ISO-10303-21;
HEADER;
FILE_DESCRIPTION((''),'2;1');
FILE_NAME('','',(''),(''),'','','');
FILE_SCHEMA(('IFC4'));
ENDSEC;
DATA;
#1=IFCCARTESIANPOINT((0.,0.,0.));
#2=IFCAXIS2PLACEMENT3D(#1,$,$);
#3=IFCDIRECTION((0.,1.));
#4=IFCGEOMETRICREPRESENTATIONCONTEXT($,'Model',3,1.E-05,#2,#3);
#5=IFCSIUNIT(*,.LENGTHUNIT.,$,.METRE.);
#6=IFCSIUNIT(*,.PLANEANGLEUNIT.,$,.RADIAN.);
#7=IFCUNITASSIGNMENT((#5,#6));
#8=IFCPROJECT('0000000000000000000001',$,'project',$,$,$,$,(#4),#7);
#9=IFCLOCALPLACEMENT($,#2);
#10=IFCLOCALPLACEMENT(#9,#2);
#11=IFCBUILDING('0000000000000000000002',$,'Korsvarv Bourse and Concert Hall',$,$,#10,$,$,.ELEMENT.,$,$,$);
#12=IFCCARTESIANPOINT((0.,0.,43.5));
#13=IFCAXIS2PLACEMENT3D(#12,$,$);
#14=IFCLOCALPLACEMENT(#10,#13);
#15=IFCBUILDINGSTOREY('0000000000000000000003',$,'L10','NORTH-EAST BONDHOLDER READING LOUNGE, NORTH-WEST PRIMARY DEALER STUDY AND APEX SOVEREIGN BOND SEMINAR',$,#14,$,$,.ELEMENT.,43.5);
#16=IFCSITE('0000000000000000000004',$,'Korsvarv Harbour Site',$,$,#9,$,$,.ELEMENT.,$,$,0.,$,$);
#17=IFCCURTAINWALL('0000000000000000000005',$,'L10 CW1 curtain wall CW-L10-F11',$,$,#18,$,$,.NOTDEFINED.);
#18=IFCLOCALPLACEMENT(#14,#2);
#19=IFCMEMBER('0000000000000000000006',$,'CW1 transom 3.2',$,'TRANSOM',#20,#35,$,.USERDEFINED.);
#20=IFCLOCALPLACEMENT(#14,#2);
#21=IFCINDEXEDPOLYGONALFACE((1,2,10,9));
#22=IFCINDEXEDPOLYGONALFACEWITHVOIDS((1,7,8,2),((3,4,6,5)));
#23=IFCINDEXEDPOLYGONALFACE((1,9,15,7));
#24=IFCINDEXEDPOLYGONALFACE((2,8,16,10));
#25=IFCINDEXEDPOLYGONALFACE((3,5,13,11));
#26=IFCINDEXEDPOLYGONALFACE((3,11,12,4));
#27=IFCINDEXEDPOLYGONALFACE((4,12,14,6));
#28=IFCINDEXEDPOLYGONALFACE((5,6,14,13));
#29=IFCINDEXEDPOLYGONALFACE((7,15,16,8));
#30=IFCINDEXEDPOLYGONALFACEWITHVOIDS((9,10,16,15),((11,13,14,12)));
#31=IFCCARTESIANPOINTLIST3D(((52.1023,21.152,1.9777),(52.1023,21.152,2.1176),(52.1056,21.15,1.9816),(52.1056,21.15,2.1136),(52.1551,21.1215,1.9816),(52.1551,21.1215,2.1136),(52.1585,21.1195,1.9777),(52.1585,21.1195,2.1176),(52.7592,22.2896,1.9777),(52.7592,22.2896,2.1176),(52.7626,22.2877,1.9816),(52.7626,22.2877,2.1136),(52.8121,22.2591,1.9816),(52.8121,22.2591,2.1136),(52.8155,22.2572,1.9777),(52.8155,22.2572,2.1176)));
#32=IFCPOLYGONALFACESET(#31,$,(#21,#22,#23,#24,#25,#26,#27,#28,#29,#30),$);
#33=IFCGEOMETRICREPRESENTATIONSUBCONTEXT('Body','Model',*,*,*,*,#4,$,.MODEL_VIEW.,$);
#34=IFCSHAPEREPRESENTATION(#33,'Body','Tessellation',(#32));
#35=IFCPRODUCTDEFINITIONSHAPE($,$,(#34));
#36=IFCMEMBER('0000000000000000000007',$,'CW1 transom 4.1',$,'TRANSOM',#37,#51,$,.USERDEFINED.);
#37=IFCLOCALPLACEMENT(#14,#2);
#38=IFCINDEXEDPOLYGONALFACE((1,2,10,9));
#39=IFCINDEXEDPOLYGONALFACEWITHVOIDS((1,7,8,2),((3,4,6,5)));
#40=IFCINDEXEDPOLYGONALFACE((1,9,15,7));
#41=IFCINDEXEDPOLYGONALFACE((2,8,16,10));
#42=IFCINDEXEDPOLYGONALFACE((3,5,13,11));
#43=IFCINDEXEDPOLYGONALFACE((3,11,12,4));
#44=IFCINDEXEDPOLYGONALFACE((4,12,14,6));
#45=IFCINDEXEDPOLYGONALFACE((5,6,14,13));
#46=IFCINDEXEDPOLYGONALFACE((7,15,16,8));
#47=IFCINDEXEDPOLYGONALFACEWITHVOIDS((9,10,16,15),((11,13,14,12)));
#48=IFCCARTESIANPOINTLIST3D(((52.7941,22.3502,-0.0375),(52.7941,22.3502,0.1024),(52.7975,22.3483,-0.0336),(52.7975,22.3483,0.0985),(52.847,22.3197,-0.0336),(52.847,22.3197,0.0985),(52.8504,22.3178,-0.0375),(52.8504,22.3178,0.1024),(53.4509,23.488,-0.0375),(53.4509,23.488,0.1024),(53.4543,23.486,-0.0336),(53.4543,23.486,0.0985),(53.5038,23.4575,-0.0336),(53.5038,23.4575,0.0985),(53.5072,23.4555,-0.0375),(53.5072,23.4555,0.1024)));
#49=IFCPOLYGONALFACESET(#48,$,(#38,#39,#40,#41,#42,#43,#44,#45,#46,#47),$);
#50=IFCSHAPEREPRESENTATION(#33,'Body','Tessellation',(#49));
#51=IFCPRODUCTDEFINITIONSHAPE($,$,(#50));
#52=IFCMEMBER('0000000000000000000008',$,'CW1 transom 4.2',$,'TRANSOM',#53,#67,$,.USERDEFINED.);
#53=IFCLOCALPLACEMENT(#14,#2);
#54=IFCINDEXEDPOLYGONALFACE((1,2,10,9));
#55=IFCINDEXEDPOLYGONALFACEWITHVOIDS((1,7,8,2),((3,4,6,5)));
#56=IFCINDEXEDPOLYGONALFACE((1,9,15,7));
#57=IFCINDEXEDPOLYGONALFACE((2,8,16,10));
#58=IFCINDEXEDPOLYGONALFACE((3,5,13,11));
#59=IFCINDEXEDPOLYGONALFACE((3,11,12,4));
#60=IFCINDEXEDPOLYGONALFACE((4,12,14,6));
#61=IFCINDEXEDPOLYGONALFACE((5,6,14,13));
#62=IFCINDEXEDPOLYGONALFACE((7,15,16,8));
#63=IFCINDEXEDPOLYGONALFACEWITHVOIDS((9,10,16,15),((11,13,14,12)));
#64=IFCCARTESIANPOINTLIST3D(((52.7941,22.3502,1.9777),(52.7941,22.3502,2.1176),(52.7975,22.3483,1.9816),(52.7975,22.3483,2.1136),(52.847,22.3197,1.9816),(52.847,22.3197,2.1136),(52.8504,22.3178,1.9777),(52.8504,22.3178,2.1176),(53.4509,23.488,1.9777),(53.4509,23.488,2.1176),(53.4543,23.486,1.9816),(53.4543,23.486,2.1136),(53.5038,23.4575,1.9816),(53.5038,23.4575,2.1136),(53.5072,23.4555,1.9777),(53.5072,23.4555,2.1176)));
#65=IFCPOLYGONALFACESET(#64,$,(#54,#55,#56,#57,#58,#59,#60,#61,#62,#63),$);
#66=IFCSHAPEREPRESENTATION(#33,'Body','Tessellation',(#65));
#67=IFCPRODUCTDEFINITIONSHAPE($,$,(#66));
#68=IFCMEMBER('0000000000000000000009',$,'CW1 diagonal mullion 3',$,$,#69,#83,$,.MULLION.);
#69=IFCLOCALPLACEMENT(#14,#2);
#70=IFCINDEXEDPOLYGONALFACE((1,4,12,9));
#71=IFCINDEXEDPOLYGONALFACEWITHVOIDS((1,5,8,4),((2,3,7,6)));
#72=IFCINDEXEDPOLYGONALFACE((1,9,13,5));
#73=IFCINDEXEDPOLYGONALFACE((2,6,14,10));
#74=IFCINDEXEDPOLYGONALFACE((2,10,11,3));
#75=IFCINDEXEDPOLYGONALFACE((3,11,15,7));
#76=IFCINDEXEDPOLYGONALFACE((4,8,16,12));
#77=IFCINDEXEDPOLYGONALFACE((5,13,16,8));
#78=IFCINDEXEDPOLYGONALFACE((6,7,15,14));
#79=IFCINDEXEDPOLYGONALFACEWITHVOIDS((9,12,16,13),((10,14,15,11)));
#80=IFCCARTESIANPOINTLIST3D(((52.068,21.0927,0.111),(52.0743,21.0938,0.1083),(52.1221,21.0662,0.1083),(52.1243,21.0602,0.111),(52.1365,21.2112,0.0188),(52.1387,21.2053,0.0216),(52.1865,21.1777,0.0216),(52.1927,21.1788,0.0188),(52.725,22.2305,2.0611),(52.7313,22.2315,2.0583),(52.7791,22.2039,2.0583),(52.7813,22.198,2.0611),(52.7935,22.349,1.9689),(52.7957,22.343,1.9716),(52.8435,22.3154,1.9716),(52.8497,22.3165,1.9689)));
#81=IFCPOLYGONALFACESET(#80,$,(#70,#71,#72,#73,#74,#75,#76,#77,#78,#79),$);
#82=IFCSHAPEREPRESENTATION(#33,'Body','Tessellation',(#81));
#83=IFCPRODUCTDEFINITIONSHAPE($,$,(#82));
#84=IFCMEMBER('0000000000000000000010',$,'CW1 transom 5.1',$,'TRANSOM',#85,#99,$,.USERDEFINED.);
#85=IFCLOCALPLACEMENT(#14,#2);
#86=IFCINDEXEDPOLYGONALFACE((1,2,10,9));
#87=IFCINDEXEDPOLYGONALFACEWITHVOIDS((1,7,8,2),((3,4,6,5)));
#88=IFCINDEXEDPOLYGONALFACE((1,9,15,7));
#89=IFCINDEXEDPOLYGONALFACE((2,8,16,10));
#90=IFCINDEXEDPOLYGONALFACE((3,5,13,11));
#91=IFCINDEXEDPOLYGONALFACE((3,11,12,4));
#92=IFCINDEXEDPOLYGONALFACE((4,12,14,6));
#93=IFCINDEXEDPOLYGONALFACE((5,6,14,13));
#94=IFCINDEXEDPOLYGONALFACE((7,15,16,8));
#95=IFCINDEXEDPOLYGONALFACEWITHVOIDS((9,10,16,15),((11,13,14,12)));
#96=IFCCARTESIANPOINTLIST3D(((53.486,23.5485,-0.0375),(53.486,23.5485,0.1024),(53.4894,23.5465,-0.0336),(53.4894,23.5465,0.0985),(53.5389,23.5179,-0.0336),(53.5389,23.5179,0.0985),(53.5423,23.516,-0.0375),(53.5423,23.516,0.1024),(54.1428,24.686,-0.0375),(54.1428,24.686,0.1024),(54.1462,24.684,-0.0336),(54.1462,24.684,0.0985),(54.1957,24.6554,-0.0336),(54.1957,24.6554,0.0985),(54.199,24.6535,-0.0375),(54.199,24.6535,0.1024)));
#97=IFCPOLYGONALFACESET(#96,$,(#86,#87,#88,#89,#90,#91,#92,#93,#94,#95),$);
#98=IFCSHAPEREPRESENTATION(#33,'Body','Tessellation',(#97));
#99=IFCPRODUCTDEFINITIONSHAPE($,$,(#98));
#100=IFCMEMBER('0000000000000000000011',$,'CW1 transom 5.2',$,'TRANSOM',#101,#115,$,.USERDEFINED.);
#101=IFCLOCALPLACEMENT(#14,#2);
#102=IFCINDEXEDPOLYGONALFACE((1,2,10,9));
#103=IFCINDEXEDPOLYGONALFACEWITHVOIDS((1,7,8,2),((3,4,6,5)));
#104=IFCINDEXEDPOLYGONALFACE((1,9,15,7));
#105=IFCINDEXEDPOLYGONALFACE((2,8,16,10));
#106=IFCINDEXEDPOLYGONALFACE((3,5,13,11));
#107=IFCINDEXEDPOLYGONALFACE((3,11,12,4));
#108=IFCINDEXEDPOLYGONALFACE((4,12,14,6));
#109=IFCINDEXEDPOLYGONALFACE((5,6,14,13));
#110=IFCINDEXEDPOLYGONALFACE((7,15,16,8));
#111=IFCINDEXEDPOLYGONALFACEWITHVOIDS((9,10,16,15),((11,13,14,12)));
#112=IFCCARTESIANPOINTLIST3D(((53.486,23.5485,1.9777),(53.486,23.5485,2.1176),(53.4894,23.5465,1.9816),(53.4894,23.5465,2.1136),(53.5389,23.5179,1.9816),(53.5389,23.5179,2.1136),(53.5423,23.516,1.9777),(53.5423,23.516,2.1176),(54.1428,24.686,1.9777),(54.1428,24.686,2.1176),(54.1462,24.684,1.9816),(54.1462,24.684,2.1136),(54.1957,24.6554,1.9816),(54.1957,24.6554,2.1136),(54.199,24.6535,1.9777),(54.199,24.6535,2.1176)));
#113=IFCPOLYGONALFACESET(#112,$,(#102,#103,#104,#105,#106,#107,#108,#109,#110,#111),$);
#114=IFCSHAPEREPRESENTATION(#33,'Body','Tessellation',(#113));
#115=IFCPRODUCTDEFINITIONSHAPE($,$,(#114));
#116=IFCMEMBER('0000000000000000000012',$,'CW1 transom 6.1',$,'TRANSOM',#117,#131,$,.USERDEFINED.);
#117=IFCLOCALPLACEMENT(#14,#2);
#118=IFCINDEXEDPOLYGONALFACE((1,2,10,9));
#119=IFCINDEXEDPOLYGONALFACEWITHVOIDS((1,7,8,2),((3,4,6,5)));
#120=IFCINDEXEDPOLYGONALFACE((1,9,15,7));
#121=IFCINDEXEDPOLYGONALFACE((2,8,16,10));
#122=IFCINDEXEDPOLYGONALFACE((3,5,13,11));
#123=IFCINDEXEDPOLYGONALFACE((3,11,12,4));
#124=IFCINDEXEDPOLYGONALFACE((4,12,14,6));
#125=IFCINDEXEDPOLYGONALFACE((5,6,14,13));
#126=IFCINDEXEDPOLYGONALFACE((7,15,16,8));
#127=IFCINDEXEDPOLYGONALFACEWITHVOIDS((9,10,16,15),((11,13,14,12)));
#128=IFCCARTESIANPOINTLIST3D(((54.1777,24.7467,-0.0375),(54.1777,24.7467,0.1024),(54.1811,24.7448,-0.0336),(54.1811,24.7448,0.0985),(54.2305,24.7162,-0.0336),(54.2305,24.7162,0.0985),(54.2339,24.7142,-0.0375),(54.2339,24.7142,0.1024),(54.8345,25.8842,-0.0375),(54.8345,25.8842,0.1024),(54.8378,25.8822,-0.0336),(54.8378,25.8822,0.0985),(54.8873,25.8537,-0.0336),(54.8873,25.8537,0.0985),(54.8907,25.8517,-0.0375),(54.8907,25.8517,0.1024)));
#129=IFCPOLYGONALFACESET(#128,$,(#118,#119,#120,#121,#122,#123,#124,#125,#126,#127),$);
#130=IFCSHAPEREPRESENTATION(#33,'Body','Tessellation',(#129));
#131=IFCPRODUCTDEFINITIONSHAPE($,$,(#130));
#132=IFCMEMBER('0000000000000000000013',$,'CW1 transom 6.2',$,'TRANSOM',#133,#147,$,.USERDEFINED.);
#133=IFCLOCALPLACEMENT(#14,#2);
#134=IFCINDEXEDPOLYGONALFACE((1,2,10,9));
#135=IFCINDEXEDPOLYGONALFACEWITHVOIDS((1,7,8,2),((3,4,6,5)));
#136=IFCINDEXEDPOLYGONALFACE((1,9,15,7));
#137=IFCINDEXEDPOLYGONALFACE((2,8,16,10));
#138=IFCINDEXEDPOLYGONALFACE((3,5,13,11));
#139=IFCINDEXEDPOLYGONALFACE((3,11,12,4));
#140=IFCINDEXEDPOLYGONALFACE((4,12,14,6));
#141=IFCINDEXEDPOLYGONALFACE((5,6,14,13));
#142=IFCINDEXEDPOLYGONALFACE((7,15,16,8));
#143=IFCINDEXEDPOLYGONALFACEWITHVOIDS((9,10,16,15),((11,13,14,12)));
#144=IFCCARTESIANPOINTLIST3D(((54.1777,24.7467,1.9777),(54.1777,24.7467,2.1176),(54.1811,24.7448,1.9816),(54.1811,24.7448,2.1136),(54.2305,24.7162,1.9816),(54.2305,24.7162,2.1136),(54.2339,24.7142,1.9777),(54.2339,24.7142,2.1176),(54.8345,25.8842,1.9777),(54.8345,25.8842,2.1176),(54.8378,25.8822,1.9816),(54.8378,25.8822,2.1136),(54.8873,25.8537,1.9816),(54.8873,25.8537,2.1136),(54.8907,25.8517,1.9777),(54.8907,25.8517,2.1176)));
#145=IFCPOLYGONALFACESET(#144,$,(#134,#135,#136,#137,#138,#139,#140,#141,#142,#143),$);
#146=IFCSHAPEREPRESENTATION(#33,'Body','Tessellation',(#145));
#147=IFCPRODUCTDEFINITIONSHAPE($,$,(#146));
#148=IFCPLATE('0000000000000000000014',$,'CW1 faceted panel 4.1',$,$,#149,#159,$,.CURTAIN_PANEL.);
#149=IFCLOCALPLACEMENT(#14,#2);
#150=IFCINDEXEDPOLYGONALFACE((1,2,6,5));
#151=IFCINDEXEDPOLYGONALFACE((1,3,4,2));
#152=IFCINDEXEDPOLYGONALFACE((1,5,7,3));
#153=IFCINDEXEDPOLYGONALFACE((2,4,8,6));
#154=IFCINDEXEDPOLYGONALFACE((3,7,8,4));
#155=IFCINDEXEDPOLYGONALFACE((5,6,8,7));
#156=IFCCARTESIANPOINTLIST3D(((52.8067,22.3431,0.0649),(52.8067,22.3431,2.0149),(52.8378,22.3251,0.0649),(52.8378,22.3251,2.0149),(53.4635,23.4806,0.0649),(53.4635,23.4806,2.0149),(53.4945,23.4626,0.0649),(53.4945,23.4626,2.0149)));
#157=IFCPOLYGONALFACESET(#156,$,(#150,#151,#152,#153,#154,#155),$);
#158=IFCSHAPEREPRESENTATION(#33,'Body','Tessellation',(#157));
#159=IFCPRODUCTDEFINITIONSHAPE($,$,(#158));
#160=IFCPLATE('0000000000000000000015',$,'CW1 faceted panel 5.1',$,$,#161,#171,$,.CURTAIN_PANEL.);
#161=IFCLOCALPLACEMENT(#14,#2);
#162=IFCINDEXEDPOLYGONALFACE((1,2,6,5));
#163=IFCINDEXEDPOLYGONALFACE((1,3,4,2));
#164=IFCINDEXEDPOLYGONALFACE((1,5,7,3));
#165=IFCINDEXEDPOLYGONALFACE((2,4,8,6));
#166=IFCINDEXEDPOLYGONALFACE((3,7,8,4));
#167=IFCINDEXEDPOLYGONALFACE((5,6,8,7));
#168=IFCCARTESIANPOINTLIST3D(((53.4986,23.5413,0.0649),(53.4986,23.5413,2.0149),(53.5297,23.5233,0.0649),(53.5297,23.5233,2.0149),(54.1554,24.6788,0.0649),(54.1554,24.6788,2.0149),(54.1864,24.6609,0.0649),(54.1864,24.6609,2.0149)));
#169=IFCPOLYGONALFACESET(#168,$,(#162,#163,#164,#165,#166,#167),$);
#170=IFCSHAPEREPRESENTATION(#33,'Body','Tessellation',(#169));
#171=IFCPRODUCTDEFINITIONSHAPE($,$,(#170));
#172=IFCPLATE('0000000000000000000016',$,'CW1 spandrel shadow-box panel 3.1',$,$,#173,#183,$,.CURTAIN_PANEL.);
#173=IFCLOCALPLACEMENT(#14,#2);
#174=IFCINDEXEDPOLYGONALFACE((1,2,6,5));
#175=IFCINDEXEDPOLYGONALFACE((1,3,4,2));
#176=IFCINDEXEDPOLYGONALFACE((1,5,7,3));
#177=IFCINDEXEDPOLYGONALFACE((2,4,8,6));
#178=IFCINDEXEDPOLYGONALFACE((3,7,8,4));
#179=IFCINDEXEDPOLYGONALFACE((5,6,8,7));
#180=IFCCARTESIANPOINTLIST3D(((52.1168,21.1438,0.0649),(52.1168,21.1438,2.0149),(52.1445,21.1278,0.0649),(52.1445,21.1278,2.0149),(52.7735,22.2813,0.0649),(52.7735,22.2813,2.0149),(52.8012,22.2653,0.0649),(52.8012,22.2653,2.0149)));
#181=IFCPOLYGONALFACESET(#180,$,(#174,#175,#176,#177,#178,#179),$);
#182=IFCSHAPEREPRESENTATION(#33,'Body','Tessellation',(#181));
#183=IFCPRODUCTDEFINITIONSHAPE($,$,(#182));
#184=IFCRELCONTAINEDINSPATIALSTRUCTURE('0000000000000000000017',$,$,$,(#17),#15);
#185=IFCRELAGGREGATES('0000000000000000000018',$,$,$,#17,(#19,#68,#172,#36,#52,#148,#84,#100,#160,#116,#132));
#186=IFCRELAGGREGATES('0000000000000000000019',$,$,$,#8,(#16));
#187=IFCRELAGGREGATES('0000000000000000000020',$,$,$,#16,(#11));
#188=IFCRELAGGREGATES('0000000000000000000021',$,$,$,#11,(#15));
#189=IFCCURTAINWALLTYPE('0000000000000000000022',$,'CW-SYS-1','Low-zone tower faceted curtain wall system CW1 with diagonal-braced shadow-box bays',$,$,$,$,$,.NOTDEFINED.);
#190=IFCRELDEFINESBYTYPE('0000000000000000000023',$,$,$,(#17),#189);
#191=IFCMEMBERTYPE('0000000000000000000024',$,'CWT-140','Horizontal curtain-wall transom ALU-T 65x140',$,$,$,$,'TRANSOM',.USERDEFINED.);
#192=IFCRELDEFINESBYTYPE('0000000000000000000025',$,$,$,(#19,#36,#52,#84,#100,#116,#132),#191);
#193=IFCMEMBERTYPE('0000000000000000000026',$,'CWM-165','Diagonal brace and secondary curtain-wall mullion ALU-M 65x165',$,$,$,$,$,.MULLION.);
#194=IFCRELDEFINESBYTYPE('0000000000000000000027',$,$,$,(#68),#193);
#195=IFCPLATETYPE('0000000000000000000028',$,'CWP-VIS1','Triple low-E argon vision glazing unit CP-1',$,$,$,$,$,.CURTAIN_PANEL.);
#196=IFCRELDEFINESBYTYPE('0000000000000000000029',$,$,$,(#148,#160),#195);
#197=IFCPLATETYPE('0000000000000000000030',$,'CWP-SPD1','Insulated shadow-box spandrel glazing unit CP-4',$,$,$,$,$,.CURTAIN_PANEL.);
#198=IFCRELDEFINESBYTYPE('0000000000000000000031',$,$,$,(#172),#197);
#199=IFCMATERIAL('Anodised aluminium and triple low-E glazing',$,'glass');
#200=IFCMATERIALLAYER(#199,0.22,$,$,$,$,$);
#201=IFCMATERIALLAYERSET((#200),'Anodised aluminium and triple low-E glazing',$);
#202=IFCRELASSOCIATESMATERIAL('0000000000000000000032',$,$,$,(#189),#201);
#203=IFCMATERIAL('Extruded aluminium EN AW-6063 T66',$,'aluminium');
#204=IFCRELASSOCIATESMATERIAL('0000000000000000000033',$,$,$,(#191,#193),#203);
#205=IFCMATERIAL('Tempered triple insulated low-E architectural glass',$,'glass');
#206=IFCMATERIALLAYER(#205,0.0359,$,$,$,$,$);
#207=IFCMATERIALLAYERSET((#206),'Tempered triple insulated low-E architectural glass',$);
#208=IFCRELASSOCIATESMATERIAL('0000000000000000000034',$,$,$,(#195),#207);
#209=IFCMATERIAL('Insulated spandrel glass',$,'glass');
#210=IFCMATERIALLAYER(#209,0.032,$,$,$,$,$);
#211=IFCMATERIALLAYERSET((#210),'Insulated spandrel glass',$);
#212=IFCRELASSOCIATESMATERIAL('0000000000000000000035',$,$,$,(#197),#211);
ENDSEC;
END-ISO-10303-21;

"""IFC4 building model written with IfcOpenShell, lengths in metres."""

from ifc_helpers import new_model, si_unit, direction, frame, origin, origin_2d, place, context, subcontext, project, spatial, rectangle, hollow_rectangle, extrude, source, transform, mapped, material, layer, layer_set, material_profile, profile_set, type_object, element, aggregate, save


model = new_model("IFC4")

# Units and contexts
model_context = context("Model", 3, precision=1e-05, world=origin(), true_north=direction((0.0, 1.0)))
body_context = subcontext(model_context, "Body", "Model", "MODEL_VIEW")
ifc_project = project(units=[si_unit("LENGTHUNIT", "METRE"), si_unit("PLANEANGLEUNIT", "RADIAN")], contexts=[model_context])

# Site, building, storey
site_placement = place(None, origin())
site = spatial("IfcSite", under=ifc_project, at=site_placement, Name="Korsvarv Harbour Site", CompositionType="ELEMENT", RefElevation=0.0)
building_placement = place(site_placement, origin())
building = spatial("IfcBuilding", under=site, at=building_placement, Name="Korsvarv Bourse and Concert Hall", CompositionType="ELEMENT")
storey_placement = place(building_placement, frame((0.0, 0.0, 43.5)))
storey = spatial("IfcBuildingStorey", under=building, at=storey_placement, Name="L10", Description="NORTH-EAST BONDHOLDER READING LOUNGE, NORTH-WEST PRIMARY DEALER STUDY AND APEX SOVEREIGN BOND SEMINAR", CompositionType="ELEMENT", Elevation=43.5)

# Curtain wall, members, plates
ifc_material_1 = material(Name="Anodised aluminium and triple low-E glazing", Category="glass")
ifc_layer_1 = layer(ifc_material_1, 0.22)
ifc_layer_set_1 = layer_set([ifc_layer_1], Name="Anodised aluminium and triple low-E glazing")
curtain_wall_type = type_object("IfcCurtainWallType", Name="CW-SYS-1", Description="Low-zone tower faceted curtain wall system CW1 with diagonal-braced shadow-box bays", PredefinedType="NOTDEFINED", material=ifc_layer_set_1)
curtain_wall_placement = place(storey_placement, origin())
curtain_wall = element("IfcCurtainWall", 1, at=curtain_wall_placement, inside=storey, type_object=curtain_wall_type, Name="L10 CW1 curtain wall CW-L10-F11", PredefinedType="NOTDEFINED")
ifc_material_2 = material(Name="Extruded aluminium EN AW-6063 T66", Category="aluminium")
ifc_material_profile_1 = material_profile(ifc_material_2, hollow_rectangle(XDim=0.0649, YDim=0.1399, WallThickness=0.0039, at=origin_2d()), Name="ALU-T 65x140")
ifc_profile_set_1 = profile_set([ifc_material_profile_1], Name="Extruded aluminium EN AW-6063 T66")
member_type_1 = type_object("IfcMemberType", Name="CWT-140", Description="Horizontal curtain-wall transom ALU-T 65x140", ElementType="TRANSOM", PredefinedType="USERDEFINED", material=ifc_profile_set_1)
shared_shape_1 = source(origin(), body_context, "Body", "SweptSolid", [
    extrude(hollow_rectangle(XDim=0.0649, YDim=0.1399, WallThickness=0.0039, at=origin_2d()), origin(), (0.0, 0.0, 1.0), 1.3137),
])
member_1_placement = place(storey_placement, frame((52.1304, 21.1357, 2.0476), z_axis=(0.500076, 0.865981, 0.0), x_axis=(-0.865981, 0.500076, 0.0)))
member_1 = element("IfcMember", 2, at=member_1_placement, type_object=member_type_1, Name="CW1 transom 3.2", ObjectType="TRANSOM", PredefinedType="USERDEFINED", context=body_context, shape_type="MappedRepresentation", body=[
    mapped(shared_shape_1, transform((0.0, 0.0, 0.0), scale=1.0)),
])
member_2_placement = place(storey_placement, frame((52.8223, 22.334, 0.0325), z_axis=(0.499937, 0.866062, 0.0), x_axis=(-0.866062, 0.499937, 0.0)))
member_2 = element("IfcMember", 3, at=member_2_placement, type_object=member_type_1, Name="CW1 transom 4.1", ObjectType="TRANSOM", PredefinedType="USERDEFINED", context=body_context, shape_type="MappedRepresentation", body=[
    mapped(shared_shape_1, transform((0.0, 0.0, 0.0), scale=1.0)),
])
member_3_placement = place(storey_placement, frame((52.8223, 22.334, 2.0476), z_axis=(0.499937, 0.866062, 0.0), x_axis=(-0.866062, 0.499937, 0.0)))
member_3 = element("IfcMember", 4, at=member_3_placement, type_object=member_type_1, Name="CW1 transom 4.2", ObjectType="TRANSOM", PredefinedType="USERDEFINED", context=body_context, shape_type="MappedRepresentation", body=[
    mapped(shared_shape_1, transform((0.0, 0.0, 0.0), scale=1.0)),
])
ifc_material_profile_2 = material_profile(ifc_material_2, hollow_rectangle(XDim=0.0649, YDim=0.165, WallThickness=0.0049, at=origin_2d()), Name="ALU-M 65x165")
ifc_profile_set_2 = profile_set([ifc_material_profile_2], Name="Extruded aluminium EN AW-6063 T66")
member_type_2 = type_object("IfcMemberType", Name="CWM-165", Description="Diagonal brace and secondary curtain-wall mullion ALU-M 65x165", PredefinedType="MULLION", material=ifc_profile_set_2)
shared_shape_2 = source(origin(), body_context, "Body", "SweptSolid", [
    extrude(hollow_rectangle(XDim=0.0649, YDim=0.165, WallThickness=0.0049, at=origin_2d()), origin(), (0.0, 0.0, 1.0), 2.3513),
])
member_4_placement = place(storey_placement, frame((52.1304, 21.1357, 0.0649), z_axis=(0.279421, 0.483872, 0.829332), x_axis=(-0.865981, 0.500076, 0.0)))
member_4 = element("IfcMember", 5, at=member_4_placement, type_object=member_type_2, Name="CW1 diagonal mullion 3", PredefinedType="MULLION", context=body_context, shape_type="MappedRepresentation", body=[
    mapped(shared_shape_2, transform((0.0, 0.0, 0.0), scale=1.0)),
])
shared_shape_3 = source(origin(), body_context, "Body", "SweptSolid", [
    extrude(hollow_rectangle(XDim=0.0649, YDim=0.1399, WallThickness=0.0039, at=origin_2d()), origin(), (0.0, 0.0, 1.0), 1.3135),
])
member_5_placement = place(storey_placement, frame((53.5142, 23.5322, 0.0325), z_axis=(0.500017, 0.866015, 0.0), x_axis=(-0.866015, 0.500017, 0.0)))
member_5 = element("IfcMember", 6, at=member_5_placement, type_object=member_type_1, Name="CW1 transom 5.1", ObjectType="TRANSOM", PredefinedType="USERDEFINED", context=body_context, shape_type="MappedRepresentation", body=[
    mapped(shared_shape_3, transform((0.0, 0.0, 0.0), scale=1.0)),
])
member_6_placement = place(storey_placement, frame((53.5142, 23.5322, 2.0476), z_axis=(0.500017, 0.866015, 0.0), x_axis=(-0.866015, 0.500017, 0.0)))
member_6 = element("IfcMember", 7, at=member_6_placement, type_object=member_type_1, Name="CW1 transom 5.2", ObjectType="TRANSOM", PredefinedType="USERDEFINED", context=body_context, shape_type="MappedRepresentation", body=[
    mapped(shared_shape_3, transform((0.0, 0.0, 0.0), scale=1.0)),
])
member_7_placement = place(storey_placement, frame((54.2058, 24.7305, 0.0325), z_axis=(0.500017, 0.866015, 0.0), x_axis=(-0.866015, 0.500017, 0.0)))
member_7 = element("IfcMember", 8, at=member_7_placement, type_object=member_type_1, Name="CW1 transom 6.1", ObjectType="TRANSOM", PredefinedType="USERDEFINED", context=body_context, shape_type="MappedRepresentation", body=[
    mapped(shared_shape_3, transform((0.0, 0.0, 0.0), scale=1.0)),
])
member_8_placement = place(storey_placement, frame((54.2058, 24.7305, 2.0476), z_axis=(0.500017, 0.866015, 0.0), x_axis=(-0.866015, 0.500017, 0.0)))
member_8 = element("IfcMember", 9, at=member_8_placement, type_object=member_type_1, Name="CW1 transom 6.2", ObjectType="TRANSOM", PredefinedType="USERDEFINED", context=body_context, shape_type="MappedRepresentation", body=[
    mapped(shared_shape_3, transform((0.0, 0.0, 0.0), scale=1.0)),
])
ifc_material_3 = material(Name="Tempered triple insulated low-E architectural glass", Category="glass")
ifc_layer_2 = layer(ifc_material_3, 0.0359)
ifc_layer_set_2 = layer_set([ifc_layer_2], Name="Tempered triple insulated low-E architectural glass")
plate_type_1 = type_object("IfcPlateType", Name="CWP-VIS1", Description="Triple low-E argon vision glazing unit CP-1", PredefinedType="CURTAIN_PANEL", material=ifc_layer_set_2)
shared_shape_4 = source(origin(), body_context, "Body", "SweptSolid", [
    extrude(rectangle(XDim=1.3135, YDim=0.0359, at=origin_2d()), origin(), (0.0, 0.0, 1.0), 1.95),
])
plate_1_placement = place(storey_placement, frame((53.1506, 22.9028, 0.0649), z_axis=(0.0, 0.0, 1.0), x_axis=(0.5, 0.866026, 0.0)))
plate_1 = element("IfcPlate", 10, at=plate_1_placement, type_object=plate_type_1, Name="CW1 faceted panel 4.1", PredefinedType="CURTAIN_PANEL", context=body_context, shape_type="MappedRepresentation", body=[
    mapped(shared_shape_4, transform((0.0, 0.0, 0.0), scale=1.0)),
])
plate_2_placement = place(storey_placement, frame((53.8425, 24.1011, 0.0649), z_axis=(0.0, 0.0, 1.0), x_axis=(0.5, 0.866026, 0.0)))
plate_2 = element("IfcPlate", 11, at=plate_2_placement, type_object=plate_type_1, Name="CW1 faceted panel 5.1", PredefinedType="CURTAIN_PANEL", context=body_context, shape_type="MappedRepresentation", body=[
    mapped(shared_shape_4, transform((0.0, 0.0, 0.0), scale=1.0)),
])
ifc_material_4 = material(Name="Insulated spandrel glass", Category="glass")
ifc_layer_3 = layer(ifc_material_4, 0.032)
ifc_layer_set_3 = layer_set([ifc_layer_3], Name="Insulated spandrel glass")
plate_type_2 = type_object("IfcPlateType", Name="CWP-SPD1", Description="Insulated shadow-box spandrel glazing unit CP-4", PredefinedType="CURTAIN_PANEL", material=ifc_layer_set_3)
shared_shape_5 = source(origin(), body_context, "Body", "SweptSolid", [
    extrude(rectangle(XDim=1.3135, YDim=0.032, at=origin_2d()), origin(), (0.0, 0.0, 1.0), 1.95),
])
plate_3_placement = place(storey_placement, frame((52.459, 21.7046, 0.0649), z_axis=(0.0, 0.0, 1.0), x_axis=(0.5, 0.866026, 0.0)))
plate_3 = element("IfcPlate", 12, at=plate_3_placement, type_object=plate_type_2, Name="CW1 spandrel shadow-box panel 3.1", PredefinedType="CURTAIN_PANEL", context=body_context, shape_type="MappedRepresentation", body=[
    mapped(shared_shape_5, transform((0.0, 0.0, 0.0), scale=1.0)),
])
aggregate(curtain_wall, [member_1, member_4, plate_3, member_2, member_3, plate_1, member_5, member_6, plate_2, member_7, member_8])

save(model, "model.ifc")
